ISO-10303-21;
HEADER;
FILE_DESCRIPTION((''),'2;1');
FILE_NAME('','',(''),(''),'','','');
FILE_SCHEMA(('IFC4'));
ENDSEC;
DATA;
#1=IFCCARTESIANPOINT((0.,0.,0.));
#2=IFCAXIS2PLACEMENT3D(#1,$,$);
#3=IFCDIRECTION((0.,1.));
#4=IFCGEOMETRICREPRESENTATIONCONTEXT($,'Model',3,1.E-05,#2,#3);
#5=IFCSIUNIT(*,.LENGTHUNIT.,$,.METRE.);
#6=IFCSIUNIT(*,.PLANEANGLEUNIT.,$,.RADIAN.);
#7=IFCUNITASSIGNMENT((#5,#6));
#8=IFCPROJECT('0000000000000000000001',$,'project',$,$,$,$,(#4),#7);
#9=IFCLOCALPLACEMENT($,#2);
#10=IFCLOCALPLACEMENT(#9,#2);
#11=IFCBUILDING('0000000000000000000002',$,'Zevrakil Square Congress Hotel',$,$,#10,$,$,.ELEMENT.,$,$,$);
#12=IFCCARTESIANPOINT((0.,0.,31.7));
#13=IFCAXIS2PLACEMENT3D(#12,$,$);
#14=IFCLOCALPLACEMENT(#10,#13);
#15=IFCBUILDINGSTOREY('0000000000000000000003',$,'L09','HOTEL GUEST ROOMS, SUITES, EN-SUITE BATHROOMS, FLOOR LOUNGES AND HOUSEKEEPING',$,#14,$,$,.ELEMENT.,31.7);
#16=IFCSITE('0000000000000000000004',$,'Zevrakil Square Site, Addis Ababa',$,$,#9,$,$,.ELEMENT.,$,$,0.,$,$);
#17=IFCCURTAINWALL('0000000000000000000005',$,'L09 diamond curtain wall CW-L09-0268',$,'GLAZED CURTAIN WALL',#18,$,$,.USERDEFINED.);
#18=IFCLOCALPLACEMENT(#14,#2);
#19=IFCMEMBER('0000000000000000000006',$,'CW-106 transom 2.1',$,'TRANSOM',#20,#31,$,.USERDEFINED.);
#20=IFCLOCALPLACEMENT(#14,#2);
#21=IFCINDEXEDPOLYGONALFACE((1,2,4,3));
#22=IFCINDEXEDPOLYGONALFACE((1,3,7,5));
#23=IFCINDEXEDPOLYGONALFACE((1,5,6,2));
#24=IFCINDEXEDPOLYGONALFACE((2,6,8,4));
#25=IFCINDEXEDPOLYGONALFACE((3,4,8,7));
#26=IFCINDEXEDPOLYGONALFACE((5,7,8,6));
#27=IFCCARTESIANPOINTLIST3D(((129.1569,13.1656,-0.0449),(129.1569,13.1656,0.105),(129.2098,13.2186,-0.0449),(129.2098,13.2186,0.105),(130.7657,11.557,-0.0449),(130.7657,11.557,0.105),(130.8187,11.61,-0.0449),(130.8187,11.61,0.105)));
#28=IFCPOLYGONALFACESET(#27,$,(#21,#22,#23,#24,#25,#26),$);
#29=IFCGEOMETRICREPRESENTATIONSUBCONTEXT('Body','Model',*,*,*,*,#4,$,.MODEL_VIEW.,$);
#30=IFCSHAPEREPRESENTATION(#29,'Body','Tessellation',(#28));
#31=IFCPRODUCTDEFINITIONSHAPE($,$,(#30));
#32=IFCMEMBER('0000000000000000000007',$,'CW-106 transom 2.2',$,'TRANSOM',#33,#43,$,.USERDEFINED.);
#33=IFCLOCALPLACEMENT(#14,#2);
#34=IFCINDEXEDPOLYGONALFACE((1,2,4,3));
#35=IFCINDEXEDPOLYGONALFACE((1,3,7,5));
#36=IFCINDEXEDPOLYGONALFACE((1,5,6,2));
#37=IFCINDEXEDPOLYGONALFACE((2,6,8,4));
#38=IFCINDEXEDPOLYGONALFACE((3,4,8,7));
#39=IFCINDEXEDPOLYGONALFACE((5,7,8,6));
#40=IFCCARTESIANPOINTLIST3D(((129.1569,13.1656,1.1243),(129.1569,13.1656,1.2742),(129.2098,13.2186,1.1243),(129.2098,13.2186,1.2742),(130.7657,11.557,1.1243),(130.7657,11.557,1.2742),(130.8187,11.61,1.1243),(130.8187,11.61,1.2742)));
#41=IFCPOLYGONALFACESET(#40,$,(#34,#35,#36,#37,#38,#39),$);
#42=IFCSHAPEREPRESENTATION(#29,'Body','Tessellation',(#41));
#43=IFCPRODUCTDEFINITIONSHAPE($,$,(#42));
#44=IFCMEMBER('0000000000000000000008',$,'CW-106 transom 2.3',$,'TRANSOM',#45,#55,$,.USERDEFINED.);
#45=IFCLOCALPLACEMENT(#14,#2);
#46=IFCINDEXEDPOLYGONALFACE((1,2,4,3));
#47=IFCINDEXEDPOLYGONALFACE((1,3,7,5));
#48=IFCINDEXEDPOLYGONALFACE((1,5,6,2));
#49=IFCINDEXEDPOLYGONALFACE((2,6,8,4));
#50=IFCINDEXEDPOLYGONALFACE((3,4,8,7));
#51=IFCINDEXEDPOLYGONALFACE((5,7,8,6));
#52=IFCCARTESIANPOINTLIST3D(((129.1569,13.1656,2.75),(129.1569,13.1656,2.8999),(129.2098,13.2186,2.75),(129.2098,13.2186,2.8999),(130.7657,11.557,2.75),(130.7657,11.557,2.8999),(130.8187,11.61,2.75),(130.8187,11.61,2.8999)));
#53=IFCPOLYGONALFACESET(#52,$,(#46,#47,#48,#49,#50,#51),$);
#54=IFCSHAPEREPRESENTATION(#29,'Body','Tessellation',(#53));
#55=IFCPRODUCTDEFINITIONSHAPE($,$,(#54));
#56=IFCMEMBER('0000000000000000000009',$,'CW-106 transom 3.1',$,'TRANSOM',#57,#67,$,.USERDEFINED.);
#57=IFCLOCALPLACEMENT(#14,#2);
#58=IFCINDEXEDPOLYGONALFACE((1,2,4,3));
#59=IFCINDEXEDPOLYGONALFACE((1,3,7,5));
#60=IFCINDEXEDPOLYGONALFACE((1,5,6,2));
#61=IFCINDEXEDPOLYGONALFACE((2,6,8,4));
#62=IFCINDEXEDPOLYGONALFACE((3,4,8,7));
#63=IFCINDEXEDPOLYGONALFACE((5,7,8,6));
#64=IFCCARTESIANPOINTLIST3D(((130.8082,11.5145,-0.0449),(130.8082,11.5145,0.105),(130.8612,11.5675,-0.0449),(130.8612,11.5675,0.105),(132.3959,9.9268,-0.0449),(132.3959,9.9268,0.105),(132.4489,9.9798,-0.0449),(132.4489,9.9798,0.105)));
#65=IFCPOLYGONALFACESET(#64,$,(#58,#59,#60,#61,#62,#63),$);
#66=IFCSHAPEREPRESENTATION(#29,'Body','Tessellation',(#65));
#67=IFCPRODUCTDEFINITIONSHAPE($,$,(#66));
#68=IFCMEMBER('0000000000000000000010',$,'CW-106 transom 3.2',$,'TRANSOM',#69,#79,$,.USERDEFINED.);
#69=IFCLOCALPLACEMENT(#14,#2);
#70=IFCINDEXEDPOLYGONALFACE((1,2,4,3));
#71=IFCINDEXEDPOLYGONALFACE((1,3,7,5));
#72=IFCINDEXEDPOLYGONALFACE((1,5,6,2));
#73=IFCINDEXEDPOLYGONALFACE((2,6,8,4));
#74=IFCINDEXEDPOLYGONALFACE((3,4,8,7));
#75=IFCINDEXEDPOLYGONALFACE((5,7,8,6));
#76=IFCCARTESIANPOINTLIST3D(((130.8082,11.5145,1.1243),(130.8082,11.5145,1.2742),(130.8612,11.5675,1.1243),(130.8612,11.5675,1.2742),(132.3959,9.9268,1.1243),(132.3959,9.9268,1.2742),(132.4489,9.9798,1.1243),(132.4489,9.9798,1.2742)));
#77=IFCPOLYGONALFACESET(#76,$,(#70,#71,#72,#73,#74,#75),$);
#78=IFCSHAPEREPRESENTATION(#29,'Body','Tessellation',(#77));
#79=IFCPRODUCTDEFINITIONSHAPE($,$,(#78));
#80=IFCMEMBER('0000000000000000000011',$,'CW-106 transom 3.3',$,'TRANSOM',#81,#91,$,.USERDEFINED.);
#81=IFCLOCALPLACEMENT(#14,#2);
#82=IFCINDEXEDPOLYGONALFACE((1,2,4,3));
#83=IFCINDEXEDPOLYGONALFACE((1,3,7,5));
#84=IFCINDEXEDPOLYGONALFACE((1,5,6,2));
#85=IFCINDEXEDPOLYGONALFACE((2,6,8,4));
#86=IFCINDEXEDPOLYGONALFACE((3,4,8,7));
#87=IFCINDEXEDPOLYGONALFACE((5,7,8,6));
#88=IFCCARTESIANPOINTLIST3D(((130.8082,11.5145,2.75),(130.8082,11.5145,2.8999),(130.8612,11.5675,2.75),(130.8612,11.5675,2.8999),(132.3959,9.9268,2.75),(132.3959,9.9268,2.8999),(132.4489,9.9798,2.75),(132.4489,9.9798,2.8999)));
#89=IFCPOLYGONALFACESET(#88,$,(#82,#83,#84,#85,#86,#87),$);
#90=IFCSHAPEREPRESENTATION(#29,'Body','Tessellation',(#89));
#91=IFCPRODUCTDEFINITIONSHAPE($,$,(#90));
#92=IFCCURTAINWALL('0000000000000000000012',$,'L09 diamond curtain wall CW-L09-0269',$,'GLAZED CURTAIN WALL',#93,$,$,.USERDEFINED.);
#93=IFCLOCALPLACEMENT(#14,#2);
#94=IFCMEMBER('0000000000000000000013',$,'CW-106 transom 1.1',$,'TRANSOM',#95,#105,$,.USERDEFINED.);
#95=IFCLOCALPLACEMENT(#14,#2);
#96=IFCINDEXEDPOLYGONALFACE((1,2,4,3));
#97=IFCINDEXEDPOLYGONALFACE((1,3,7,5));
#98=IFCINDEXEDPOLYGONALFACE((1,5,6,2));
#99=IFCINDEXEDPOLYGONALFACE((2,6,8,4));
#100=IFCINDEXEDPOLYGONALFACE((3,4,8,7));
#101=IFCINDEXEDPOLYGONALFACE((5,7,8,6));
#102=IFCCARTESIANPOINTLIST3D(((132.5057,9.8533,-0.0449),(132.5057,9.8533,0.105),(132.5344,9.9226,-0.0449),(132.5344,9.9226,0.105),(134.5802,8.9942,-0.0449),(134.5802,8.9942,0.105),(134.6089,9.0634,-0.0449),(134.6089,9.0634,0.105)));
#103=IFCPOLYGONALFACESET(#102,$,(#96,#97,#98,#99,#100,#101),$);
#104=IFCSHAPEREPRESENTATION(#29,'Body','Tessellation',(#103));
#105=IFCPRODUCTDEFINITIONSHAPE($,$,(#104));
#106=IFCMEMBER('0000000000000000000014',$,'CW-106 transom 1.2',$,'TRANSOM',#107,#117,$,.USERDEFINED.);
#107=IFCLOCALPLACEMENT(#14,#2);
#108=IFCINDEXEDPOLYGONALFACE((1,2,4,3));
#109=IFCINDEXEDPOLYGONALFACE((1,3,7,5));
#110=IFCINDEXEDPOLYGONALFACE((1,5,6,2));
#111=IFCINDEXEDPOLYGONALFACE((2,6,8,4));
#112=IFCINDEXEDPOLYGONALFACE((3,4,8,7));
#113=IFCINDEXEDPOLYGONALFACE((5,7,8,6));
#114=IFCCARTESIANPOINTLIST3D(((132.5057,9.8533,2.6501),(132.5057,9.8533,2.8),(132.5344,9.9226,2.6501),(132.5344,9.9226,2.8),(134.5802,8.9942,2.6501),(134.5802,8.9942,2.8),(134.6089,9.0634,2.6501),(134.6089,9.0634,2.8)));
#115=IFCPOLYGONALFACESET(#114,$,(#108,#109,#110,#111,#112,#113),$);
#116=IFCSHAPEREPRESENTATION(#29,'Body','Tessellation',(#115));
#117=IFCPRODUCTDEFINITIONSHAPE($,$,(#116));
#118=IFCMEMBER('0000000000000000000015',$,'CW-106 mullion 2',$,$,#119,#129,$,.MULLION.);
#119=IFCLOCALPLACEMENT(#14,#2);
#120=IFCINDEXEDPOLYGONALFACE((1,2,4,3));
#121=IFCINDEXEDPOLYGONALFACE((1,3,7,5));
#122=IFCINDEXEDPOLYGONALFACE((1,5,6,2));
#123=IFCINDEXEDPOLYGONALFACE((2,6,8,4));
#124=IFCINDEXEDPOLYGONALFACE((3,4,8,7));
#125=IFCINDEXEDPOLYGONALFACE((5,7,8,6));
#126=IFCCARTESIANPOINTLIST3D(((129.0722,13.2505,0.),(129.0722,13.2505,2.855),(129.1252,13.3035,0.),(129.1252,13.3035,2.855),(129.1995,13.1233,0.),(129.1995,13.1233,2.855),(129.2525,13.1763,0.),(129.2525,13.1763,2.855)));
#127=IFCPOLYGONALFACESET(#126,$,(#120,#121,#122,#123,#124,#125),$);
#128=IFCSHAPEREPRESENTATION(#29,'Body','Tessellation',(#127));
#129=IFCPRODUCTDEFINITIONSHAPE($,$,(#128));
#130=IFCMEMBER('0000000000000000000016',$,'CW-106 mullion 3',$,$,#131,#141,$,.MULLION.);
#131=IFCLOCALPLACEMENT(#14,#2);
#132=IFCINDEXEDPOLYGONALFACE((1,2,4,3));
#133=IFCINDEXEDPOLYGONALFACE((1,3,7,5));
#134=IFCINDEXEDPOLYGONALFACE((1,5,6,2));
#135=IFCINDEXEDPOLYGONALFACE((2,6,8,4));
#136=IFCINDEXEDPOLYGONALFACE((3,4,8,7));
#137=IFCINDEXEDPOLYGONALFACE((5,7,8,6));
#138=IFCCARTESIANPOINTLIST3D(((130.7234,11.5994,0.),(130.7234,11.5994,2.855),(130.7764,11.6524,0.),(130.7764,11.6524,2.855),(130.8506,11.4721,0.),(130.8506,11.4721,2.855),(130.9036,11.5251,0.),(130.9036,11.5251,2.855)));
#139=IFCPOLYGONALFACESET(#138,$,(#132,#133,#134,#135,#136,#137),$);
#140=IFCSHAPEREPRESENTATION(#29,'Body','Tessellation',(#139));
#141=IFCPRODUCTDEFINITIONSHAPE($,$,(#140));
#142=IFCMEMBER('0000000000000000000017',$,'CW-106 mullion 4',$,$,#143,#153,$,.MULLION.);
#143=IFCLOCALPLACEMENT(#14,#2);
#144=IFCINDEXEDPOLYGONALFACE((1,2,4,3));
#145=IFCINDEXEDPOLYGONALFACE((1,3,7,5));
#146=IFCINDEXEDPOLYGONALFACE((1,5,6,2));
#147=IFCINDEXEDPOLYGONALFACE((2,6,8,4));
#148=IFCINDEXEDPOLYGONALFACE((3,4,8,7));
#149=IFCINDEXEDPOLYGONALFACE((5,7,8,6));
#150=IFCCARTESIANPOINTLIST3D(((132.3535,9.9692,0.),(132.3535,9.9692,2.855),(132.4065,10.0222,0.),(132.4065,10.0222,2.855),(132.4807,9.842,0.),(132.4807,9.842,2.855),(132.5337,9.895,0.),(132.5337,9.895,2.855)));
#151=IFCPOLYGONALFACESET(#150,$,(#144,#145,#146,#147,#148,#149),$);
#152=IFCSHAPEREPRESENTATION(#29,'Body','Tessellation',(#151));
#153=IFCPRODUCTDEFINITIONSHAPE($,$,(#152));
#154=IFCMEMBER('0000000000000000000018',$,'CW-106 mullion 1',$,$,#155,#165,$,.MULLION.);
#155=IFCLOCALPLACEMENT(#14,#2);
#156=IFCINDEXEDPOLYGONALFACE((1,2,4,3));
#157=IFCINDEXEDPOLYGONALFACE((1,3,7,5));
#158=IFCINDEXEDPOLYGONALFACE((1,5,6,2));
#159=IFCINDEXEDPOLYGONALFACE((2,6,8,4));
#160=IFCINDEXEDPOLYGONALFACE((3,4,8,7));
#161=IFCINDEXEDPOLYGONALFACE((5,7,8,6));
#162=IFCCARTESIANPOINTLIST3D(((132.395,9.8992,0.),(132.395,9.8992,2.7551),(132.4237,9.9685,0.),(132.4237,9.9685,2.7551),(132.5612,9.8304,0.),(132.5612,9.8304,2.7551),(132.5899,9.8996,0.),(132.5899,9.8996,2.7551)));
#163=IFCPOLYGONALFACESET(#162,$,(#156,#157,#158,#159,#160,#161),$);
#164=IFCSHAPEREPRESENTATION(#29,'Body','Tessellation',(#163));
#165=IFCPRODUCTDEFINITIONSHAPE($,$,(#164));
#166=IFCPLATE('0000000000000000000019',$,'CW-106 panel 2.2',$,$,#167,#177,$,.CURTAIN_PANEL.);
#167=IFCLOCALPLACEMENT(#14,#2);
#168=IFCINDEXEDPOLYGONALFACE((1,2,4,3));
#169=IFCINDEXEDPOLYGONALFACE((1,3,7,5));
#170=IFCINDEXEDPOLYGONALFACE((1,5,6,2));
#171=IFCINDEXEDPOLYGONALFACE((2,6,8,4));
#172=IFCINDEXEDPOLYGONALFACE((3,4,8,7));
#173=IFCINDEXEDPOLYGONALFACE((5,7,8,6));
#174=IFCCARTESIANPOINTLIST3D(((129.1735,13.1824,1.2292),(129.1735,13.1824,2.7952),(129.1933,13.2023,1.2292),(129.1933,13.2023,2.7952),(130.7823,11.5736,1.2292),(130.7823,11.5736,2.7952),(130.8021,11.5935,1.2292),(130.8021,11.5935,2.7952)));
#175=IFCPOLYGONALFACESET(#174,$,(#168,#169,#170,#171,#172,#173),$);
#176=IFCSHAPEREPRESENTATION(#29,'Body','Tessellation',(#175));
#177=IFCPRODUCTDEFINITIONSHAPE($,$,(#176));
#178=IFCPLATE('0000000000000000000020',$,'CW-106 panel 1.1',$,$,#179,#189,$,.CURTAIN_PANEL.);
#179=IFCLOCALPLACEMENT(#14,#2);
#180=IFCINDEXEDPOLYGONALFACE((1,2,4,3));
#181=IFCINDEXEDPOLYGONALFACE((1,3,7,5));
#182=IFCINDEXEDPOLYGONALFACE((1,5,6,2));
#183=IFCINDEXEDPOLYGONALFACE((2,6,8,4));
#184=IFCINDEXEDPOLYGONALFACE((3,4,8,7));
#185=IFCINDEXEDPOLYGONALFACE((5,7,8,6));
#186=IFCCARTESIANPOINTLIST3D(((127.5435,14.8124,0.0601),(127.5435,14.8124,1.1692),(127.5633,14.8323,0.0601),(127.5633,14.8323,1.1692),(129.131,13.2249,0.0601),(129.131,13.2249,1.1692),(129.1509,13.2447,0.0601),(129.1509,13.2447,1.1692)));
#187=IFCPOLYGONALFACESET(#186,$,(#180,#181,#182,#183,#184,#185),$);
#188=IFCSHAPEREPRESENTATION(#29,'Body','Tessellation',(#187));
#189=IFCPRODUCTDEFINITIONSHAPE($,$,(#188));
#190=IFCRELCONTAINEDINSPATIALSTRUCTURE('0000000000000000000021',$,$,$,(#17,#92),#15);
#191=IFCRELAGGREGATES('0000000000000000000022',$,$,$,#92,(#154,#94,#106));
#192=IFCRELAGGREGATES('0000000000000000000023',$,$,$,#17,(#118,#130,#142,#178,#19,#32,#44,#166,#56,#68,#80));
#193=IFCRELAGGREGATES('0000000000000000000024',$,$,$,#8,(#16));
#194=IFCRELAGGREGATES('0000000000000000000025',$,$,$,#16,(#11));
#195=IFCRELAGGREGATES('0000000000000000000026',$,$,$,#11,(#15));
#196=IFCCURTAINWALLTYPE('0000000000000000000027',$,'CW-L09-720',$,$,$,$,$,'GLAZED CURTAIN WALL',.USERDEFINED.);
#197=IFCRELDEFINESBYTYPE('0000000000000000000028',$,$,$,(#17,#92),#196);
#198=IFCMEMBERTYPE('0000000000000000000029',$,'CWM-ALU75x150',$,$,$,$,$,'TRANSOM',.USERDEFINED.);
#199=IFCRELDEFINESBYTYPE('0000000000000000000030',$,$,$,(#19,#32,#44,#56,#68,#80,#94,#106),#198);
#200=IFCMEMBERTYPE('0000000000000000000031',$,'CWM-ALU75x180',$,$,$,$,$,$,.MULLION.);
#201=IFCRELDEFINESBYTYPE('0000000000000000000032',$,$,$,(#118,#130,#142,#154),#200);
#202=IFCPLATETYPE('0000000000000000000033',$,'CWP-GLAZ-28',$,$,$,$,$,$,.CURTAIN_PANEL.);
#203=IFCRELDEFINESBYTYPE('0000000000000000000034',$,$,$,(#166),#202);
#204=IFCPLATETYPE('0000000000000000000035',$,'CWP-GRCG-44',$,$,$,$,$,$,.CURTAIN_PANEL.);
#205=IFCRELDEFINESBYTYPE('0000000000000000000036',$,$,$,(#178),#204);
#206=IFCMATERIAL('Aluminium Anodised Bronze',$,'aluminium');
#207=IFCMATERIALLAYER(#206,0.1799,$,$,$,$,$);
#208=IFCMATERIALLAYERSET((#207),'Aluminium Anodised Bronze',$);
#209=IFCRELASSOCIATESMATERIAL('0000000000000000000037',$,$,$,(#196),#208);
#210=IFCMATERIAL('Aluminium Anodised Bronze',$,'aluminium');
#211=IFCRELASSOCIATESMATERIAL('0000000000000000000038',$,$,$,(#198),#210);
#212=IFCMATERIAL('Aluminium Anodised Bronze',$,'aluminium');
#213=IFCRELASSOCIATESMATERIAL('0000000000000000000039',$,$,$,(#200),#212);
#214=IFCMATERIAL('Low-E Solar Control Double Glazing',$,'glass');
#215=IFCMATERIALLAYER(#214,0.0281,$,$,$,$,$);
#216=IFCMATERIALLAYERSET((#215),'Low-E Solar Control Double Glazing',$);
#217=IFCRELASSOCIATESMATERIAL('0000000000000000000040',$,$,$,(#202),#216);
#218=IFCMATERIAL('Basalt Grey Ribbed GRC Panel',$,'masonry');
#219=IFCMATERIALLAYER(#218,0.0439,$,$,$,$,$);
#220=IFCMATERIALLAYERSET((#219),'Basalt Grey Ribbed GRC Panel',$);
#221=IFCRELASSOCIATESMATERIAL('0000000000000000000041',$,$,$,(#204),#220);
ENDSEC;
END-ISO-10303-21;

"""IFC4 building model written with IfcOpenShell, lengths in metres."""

from ifc_helpers import new_model, si_unit, direction, frame, origin, origin_2d, place, context, subcontext, project, spatial, rectangle, extrude, material, layer, layer_set, material_profile, profile_set, type_object, element, aggregate, save


model = new_model("IFC4")

# Units and contexts
model_context = context("Model", 3, precision=1e-05, world=origin(), true_north=direction((0.0, 1.0)))
body_context = subcontext(model_context, "Body", "Model", "MODEL_VIEW")
ifc_project = project(units=[si_unit("LENGTHUNIT", "METRE"), si_unit("PLANEANGLEUNIT", "RADIAN")], contexts=[model_context])

# Site, building, storey
site_placement = place(None, origin())
site = spatial("IfcSite", under=ifc_project, at=site_placement, Name="Zevrakil Square Site, Addis Ababa", CompositionType="ELEMENT", RefElevation=0.0)
building_placement = place(site_placement, origin())
building = spatial("IfcBuilding", under=site, at=building_placement, Name="Zevrakil Square Congress Hotel", CompositionType="ELEMENT")
storey_placement = place(building_placement, frame((0.0, 0.0, 31.7)))
storey = spatial("IfcBuildingStorey", under=building, at=storey_placement, Name="L09", Description="HOTEL GUEST ROOMS, SUITES, EN-SUITE BATHROOMS, FLOOR LOUNGES AND HOUSEKEEPING", CompositionType="ELEMENT", Elevation=31.7)

# Curtain walls, members
ifc_material_1 = material(Name="Aluminium Anodised Bronze", Category="aluminium")
ifc_layer_1 = layer(ifc_material_1, 0.1799)
ifc_layer_set_1 = layer_set([ifc_layer_1], Name="Aluminium Anodised Bronze")
curtain_wall_type = type_object("IfcCurtainWallType", Name="CW-L09-720", ElementType="GLAZED CURTAIN WALL", PredefinedType="USERDEFINED", material=ifc_layer_set_1)
curtain_wall_1_placement = place(storey_placement, origin())
curtain_wall_1 = element("IfcCurtainWall", 1, at=curtain_wall_1_placement, inside=storey, type_object=curtain_wall_type, Name="L09 diamond curtain wall CW-L09-0268", ObjectType="GLAZED CURTAIN WALL", PredefinedType="USERDEFINED")
ifc_material_2 = material(Name="Aluminium Anodised Bronze", Category="aluminium")
ifc_material_profile_1 = material_profile(ifc_material_2, rectangle(XDim=0.075, YDim=0.1499, at=origin_2d()), Name="ALU 75x150")
ifc_profile_set_1 = profile_set([ifc_material_profile_1], Name="Aluminium Anodised Bronze")
member_type_1 = type_object("IfcMemberType", Name="CWM-ALU75x150", ElementType="TRANSOM", PredefinedType="USERDEFINED", material=ifc_profile_set_1)
member_1_placement = place(storey_placement, frame((129.1833, 13.1921, 0.03), z_axis=(0.70716, -0.707053, 0.0), x_axis=(0.707053, 0.70716, 0.0)))
member_1 = element("IfcMember", 2, at=member_1_placement, type_object=member_type_1, Name="CW-106 transom 2.1", ObjectType="TRANSOM", PredefinedType="USERDEFINED", context=body_context, shape_type="SweptSolid", body=[
    extrude(rectangle(XDim=0.075, YDim=0.1499, at=origin_2d()), origin(), (0.0, 0.0, 1.0), 2.2751),
])
member_2_placement = place(storey_placement, frame((129.1833, 13.1921, 1.1992), z_axis=(0.70716, -0.707053, 0.0), x_axis=(0.707053, 0.70716, 0.0)))
member_2 = element("IfcMember", 3, at=member_2_placement, type_object=member_type_1, Name="CW-106 transom 2.2", ObjectType="TRANSOM", PredefinedType="USERDEFINED", context=body_context, shape_type="SweptSolid", body=[
    extrude(rectangle(XDim=0.075, YDim=0.1499, at=origin_2d()), origin(), (0.0, 0.0, 1.0), 2.2751),
])
member_3_placement = place(storey_placement, frame((129.1833, 13.1921, 2.825), z_axis=(0.70716, -0.707053, 0.0), x_axis=(0.707053, 0.70716, 0.0)))
member_3 = element("IfcMember", 4, at=member_3_placement, type_object=member_type_1, Name="CW-106 transom 2.3", ObjectType="TRANSOM", PredefinedType="USERDEFINED", context=body_context, shape_type="SweptSolid", body=[
    extrude(rectangle(XDim=0.075, YDim=0.1499, at=origin_2d()), origin(), (0.0, 0.0, 1.0), 2.2751),
])
member_4_placement = place(storey_placement, frame((130.8347, 11.541, 0.03), z_axis=(0.707107, -0.707107, 0.0), x_axis=(0.707107, 0.707107, 0.0)))
member_4 = element("IfcMember", 5, at=member_4_placement, type_object=member_type_1, Name="CW-106 transom 3.1", ObjectType="TRANSOM", PredefinedType="USERDEFINED", context=body_context, shape_type="SweptSolid", body=[
    extrude(rectangle(XDim=0.075, YDim=0.1499, at=origin_2d()), origin(), (0.0, 0.0, 1.0), 2.2454),
])
member_5_placement = place(storey_placement, frame((130.8347, 11.541, 1.1992), z_axis=(0.707107, -0.707107, 0.0), x_axis=(0.707107, 0.707107, 0.0)))
member_5 = element("IfcMember", 6, at=member_5_placement, type_object=member_type_1, Name="CW-106 transom 3.2", ObjectType="TRANSOM", PredefinedType="USERDEFINED", context=body_context, shape_type="SweptSolid", body=[
    extrude(rectangle(XDim=0.075, YDim=0.1499, at=origin_2d()), origin(), (0.0, 0.0, 1.0), 2.2454),
])
member_6_placement = place(storey_placement, frame((130.8347, 11.541, 2.825), z_axis=(0.707107, -0.707107, 0.0), x_axis=(0.707107, 0.707107, 0.0)))
member_6 = element("IfcMember", 7, at=member_6_placement, type_object=member_type_1, Name="CW-106 transom 3.3", ObjectType="TRANSOM", PredefinedType="USERDEFINED", context=body_context, shape_type="SweptSolid", body=[
    extrude(rectangle(XDim=0.075, YDim=0.1499, at=origin_2d()), origin(), (0.0, 0.0, 1.0), 2.2454),
])
curtain_wall_2_placement = place(storey_placement, origin())
curtain_wall_2 = element("IfcCurtainWall", 8, at=curtain_wall_2_placement, inside=storey, type_object=curtain_wall_type, Name="L09 diamond curtain wall CW-L09-0269", ObjectType="GLAZED CURTAIN WALL", PredefinedType="USERDEFINED")
member_7_placement = place(storey_placement, frame((132.52, 9.8879, 0.03), z_axis=(0.923902, -0.38263, 0.0), x_axis=(0.38263, 0.923902, 0.0)))
member_7 = element("IfcMember", 9, at=member_7_placement, type_object=member_type_1, Name="CW-106 transom 1.1", ObjectType="TRANSOM", PredefinedType="USERDEFINED", context=body_context, shape_type="SweptSolid", body=[
    extrude(rectangle(XDim=0.075, YDim=0.1499, at=origin_2d()), origin(), (0.0, 0.0, 1.0), 2.2454),
])
member_8_placement = place(storey_placement, frame((132.52, 9.8879, 2.7251), z_axis=(0.923902, -0.38263, 0.0), x_axis=(0.38263, 0.923902, 0.0)))
member_8 = element("IfcMember", 10, at=member_8_placement, type_object=member_type_1, Name="CW-106 transom 1.2", ObjectType="TRANSOM", PredefinedType="USERDEFINED", context=body_context, shape_type="SweptSolid", body=[
    extrude(rectangle(XDim=0.075, YDim=0.1499, at=origin_2d()), origin(), (0.0, 0.0, 1.0), 2.2454),
])

# Members
ifc_material_3 = material(Name="Aluminium Anodised Bronze", Category="aluminium")
ifc_material_profile_2 = material_profile(ifc_material_3, rectangle(XDim=0.075, YDim=0.1799, at=origin_2d()), Name="ALU 75x180")
ifc_profile_set_2 = profile_set([ifc_material_profile_2], Name="Aluminium Anodised Bronze")
member_type_2 = type_object("IfcMemberType", Name="CWM-ALU75x180", PredefinedType="MULLION", material=ifc_profile_set_2)
member_9_placement = place(storey_placement, frame((129.1624, 13.2134, 0.0), z_axis=(0.0, 0.0, 1.0), x_axis=(0.707107, 0.707107, 0.0)))
member_9 = element("IfcMember", 11, at=member_9_placement, type_object=member_type_2, Name="CW-106 mullion 2", PredefinedType="MULLION", context=body_context, shape_type="SweptSolid", body=[
    extrude(rectangle(XDim=0.075, YDim=0.1799, at=origin_2d()), origin(), (0.0, 0.0, 1.0), 2.855),
])
member_10_placement = place(storey_placement, frame((130.8135, 11.5623, 0.0), z_axis=(0.0, 0.0, 1.0), x_axis=(0.707107, 0.707107, 0.0)))
member_10 = element("IfcMember", 12, at=member_10_placement, type_object=member_type_2, Name="CW-106 mullion 3", PredefinedType="MULLION", context=body_context, shape_type="SweptSolid", body=[
    extrude(rectangle(XDim=0.075, YDim=0.1799, at=origin_2d()), origin(), (0.0, 0.0, 1.0), 2.855),
])
member_11_placement = place(storey_placement, frame((132.4436, 9.9321, 0.0), z_axis=(0.0, 0.0, 1.0), x_axis=(0.707107, 0.707107, 0.0)))
member_11 = element("IfcMember", 13, at=member_11_placement, type_object=member_type_2, Name="CW-106 mullion 4", PredefinedType="MULLION", context=body_context, shape_type="SweptSolid", body=[
    extrude(rectangle(XDim=0.075, YDim=0.1799, at=origin_2d()), origin(), (0.0, 0.0, 1.0), 2.855),
])
member_12_placement = place(storey_placement, frame((132.4924, 9.8994, 0.0), z_axis=(0.0, 0.0, 1.0), x_axis=(0.382684, 0.923879, 0.0)))
member_12 = element("IfcMember", 14, at=member_12_placement, type_object=member_type_2, Name="CW-106 mullion 1", PredefinedType="MULLION", context=body_context, shape_type="SweptSolid", body=[
    extrude(rectangle(XDim=0.075, YDim=0.1799, at=origin_2d()), origin(), (0.0, 0.0, 1.0), 2.7551),
])
aggregate(curtain_wall_2, [member_12, member_7, member_8])

# Plates
ifc_material_4 = material(Name="Low-E Solar Control Double Glazing", Category="glass")
ifc_layer_2 = layer(ifc_material_4, 0.0281)
ifc_layer_set_2 = layer_set([ifc_layer_2], Name="Low-E Solar Control Double Glazing")
plate_type_1 = type_object("IfcPlateType", Name="CWP-GLAZ-28", PredefinedType="CURTAIN_PANEL", material=ifc_layer_set_2)
plate_1_placement = place(storey_placement, frame((129.9878, 12.3879, 1.2292), z_axis=(0.0, 0.0, 1.0), x_axis=(0.707107, -0.707107, 0.0)))
plate_1 = element("IfcPlate", 15, at=plate_1_placement, type_object=plate_type_1, Name="CW-106 panel 2.2", PredefinedType="CURTAIN_PANEL", context=body_context, shape_type="SweptSolid", body=[
    extrude(rectangle(XDim=2.2751, YDim=0.0281, at=origin_2d()), origin(), (0.0, 0.0, 1.0), 1.5659),
])
ifc_material_5 = material(Name="Basalt Grey Ribbed GRC Panel", Category="masonry")
ifc_layer_3 = layer(ifc_material_5, 0.0439)
ifc_layer_set_3 = layer_set([ifc_layer_3], Name="Basalt Grey Ribbed GRC Panel")
plate_type_2 = type_object("IfcPlateType", Name="CWP-GRCG-44", PredefinedType="CURTAIN_PANEL", material=ifc_layer_set_3)
plate_2_placement = place(storey_placement, frame((128.3472, 14.0286, 0.0601), z_axis=(0.0, 0.0, 1.0), x_axis=(0.707107, -0.707107, 0.0)))
plate_2 = element("IfcPlate", 16, at=plate_2_placement, type_object=plate_type_2, Name="CW-106 panel 1.1", PredefinedType="CURTAIN_PANEL", context=body_context, shape_type="SweptSolid", body=[
    extrude(rectangle(XDim=2.2451, YDim=0.0281, at=origin_2d()), origin(), (0.0, 0.0, 1.0), 1.1091),
])
aggregate(curtain_wall_1, [member_9, member_10, member_11, plate_2, member_1, member_2, member_3, plate_1, member_4, member_5, member_6])

save(model, "model.ifc")
